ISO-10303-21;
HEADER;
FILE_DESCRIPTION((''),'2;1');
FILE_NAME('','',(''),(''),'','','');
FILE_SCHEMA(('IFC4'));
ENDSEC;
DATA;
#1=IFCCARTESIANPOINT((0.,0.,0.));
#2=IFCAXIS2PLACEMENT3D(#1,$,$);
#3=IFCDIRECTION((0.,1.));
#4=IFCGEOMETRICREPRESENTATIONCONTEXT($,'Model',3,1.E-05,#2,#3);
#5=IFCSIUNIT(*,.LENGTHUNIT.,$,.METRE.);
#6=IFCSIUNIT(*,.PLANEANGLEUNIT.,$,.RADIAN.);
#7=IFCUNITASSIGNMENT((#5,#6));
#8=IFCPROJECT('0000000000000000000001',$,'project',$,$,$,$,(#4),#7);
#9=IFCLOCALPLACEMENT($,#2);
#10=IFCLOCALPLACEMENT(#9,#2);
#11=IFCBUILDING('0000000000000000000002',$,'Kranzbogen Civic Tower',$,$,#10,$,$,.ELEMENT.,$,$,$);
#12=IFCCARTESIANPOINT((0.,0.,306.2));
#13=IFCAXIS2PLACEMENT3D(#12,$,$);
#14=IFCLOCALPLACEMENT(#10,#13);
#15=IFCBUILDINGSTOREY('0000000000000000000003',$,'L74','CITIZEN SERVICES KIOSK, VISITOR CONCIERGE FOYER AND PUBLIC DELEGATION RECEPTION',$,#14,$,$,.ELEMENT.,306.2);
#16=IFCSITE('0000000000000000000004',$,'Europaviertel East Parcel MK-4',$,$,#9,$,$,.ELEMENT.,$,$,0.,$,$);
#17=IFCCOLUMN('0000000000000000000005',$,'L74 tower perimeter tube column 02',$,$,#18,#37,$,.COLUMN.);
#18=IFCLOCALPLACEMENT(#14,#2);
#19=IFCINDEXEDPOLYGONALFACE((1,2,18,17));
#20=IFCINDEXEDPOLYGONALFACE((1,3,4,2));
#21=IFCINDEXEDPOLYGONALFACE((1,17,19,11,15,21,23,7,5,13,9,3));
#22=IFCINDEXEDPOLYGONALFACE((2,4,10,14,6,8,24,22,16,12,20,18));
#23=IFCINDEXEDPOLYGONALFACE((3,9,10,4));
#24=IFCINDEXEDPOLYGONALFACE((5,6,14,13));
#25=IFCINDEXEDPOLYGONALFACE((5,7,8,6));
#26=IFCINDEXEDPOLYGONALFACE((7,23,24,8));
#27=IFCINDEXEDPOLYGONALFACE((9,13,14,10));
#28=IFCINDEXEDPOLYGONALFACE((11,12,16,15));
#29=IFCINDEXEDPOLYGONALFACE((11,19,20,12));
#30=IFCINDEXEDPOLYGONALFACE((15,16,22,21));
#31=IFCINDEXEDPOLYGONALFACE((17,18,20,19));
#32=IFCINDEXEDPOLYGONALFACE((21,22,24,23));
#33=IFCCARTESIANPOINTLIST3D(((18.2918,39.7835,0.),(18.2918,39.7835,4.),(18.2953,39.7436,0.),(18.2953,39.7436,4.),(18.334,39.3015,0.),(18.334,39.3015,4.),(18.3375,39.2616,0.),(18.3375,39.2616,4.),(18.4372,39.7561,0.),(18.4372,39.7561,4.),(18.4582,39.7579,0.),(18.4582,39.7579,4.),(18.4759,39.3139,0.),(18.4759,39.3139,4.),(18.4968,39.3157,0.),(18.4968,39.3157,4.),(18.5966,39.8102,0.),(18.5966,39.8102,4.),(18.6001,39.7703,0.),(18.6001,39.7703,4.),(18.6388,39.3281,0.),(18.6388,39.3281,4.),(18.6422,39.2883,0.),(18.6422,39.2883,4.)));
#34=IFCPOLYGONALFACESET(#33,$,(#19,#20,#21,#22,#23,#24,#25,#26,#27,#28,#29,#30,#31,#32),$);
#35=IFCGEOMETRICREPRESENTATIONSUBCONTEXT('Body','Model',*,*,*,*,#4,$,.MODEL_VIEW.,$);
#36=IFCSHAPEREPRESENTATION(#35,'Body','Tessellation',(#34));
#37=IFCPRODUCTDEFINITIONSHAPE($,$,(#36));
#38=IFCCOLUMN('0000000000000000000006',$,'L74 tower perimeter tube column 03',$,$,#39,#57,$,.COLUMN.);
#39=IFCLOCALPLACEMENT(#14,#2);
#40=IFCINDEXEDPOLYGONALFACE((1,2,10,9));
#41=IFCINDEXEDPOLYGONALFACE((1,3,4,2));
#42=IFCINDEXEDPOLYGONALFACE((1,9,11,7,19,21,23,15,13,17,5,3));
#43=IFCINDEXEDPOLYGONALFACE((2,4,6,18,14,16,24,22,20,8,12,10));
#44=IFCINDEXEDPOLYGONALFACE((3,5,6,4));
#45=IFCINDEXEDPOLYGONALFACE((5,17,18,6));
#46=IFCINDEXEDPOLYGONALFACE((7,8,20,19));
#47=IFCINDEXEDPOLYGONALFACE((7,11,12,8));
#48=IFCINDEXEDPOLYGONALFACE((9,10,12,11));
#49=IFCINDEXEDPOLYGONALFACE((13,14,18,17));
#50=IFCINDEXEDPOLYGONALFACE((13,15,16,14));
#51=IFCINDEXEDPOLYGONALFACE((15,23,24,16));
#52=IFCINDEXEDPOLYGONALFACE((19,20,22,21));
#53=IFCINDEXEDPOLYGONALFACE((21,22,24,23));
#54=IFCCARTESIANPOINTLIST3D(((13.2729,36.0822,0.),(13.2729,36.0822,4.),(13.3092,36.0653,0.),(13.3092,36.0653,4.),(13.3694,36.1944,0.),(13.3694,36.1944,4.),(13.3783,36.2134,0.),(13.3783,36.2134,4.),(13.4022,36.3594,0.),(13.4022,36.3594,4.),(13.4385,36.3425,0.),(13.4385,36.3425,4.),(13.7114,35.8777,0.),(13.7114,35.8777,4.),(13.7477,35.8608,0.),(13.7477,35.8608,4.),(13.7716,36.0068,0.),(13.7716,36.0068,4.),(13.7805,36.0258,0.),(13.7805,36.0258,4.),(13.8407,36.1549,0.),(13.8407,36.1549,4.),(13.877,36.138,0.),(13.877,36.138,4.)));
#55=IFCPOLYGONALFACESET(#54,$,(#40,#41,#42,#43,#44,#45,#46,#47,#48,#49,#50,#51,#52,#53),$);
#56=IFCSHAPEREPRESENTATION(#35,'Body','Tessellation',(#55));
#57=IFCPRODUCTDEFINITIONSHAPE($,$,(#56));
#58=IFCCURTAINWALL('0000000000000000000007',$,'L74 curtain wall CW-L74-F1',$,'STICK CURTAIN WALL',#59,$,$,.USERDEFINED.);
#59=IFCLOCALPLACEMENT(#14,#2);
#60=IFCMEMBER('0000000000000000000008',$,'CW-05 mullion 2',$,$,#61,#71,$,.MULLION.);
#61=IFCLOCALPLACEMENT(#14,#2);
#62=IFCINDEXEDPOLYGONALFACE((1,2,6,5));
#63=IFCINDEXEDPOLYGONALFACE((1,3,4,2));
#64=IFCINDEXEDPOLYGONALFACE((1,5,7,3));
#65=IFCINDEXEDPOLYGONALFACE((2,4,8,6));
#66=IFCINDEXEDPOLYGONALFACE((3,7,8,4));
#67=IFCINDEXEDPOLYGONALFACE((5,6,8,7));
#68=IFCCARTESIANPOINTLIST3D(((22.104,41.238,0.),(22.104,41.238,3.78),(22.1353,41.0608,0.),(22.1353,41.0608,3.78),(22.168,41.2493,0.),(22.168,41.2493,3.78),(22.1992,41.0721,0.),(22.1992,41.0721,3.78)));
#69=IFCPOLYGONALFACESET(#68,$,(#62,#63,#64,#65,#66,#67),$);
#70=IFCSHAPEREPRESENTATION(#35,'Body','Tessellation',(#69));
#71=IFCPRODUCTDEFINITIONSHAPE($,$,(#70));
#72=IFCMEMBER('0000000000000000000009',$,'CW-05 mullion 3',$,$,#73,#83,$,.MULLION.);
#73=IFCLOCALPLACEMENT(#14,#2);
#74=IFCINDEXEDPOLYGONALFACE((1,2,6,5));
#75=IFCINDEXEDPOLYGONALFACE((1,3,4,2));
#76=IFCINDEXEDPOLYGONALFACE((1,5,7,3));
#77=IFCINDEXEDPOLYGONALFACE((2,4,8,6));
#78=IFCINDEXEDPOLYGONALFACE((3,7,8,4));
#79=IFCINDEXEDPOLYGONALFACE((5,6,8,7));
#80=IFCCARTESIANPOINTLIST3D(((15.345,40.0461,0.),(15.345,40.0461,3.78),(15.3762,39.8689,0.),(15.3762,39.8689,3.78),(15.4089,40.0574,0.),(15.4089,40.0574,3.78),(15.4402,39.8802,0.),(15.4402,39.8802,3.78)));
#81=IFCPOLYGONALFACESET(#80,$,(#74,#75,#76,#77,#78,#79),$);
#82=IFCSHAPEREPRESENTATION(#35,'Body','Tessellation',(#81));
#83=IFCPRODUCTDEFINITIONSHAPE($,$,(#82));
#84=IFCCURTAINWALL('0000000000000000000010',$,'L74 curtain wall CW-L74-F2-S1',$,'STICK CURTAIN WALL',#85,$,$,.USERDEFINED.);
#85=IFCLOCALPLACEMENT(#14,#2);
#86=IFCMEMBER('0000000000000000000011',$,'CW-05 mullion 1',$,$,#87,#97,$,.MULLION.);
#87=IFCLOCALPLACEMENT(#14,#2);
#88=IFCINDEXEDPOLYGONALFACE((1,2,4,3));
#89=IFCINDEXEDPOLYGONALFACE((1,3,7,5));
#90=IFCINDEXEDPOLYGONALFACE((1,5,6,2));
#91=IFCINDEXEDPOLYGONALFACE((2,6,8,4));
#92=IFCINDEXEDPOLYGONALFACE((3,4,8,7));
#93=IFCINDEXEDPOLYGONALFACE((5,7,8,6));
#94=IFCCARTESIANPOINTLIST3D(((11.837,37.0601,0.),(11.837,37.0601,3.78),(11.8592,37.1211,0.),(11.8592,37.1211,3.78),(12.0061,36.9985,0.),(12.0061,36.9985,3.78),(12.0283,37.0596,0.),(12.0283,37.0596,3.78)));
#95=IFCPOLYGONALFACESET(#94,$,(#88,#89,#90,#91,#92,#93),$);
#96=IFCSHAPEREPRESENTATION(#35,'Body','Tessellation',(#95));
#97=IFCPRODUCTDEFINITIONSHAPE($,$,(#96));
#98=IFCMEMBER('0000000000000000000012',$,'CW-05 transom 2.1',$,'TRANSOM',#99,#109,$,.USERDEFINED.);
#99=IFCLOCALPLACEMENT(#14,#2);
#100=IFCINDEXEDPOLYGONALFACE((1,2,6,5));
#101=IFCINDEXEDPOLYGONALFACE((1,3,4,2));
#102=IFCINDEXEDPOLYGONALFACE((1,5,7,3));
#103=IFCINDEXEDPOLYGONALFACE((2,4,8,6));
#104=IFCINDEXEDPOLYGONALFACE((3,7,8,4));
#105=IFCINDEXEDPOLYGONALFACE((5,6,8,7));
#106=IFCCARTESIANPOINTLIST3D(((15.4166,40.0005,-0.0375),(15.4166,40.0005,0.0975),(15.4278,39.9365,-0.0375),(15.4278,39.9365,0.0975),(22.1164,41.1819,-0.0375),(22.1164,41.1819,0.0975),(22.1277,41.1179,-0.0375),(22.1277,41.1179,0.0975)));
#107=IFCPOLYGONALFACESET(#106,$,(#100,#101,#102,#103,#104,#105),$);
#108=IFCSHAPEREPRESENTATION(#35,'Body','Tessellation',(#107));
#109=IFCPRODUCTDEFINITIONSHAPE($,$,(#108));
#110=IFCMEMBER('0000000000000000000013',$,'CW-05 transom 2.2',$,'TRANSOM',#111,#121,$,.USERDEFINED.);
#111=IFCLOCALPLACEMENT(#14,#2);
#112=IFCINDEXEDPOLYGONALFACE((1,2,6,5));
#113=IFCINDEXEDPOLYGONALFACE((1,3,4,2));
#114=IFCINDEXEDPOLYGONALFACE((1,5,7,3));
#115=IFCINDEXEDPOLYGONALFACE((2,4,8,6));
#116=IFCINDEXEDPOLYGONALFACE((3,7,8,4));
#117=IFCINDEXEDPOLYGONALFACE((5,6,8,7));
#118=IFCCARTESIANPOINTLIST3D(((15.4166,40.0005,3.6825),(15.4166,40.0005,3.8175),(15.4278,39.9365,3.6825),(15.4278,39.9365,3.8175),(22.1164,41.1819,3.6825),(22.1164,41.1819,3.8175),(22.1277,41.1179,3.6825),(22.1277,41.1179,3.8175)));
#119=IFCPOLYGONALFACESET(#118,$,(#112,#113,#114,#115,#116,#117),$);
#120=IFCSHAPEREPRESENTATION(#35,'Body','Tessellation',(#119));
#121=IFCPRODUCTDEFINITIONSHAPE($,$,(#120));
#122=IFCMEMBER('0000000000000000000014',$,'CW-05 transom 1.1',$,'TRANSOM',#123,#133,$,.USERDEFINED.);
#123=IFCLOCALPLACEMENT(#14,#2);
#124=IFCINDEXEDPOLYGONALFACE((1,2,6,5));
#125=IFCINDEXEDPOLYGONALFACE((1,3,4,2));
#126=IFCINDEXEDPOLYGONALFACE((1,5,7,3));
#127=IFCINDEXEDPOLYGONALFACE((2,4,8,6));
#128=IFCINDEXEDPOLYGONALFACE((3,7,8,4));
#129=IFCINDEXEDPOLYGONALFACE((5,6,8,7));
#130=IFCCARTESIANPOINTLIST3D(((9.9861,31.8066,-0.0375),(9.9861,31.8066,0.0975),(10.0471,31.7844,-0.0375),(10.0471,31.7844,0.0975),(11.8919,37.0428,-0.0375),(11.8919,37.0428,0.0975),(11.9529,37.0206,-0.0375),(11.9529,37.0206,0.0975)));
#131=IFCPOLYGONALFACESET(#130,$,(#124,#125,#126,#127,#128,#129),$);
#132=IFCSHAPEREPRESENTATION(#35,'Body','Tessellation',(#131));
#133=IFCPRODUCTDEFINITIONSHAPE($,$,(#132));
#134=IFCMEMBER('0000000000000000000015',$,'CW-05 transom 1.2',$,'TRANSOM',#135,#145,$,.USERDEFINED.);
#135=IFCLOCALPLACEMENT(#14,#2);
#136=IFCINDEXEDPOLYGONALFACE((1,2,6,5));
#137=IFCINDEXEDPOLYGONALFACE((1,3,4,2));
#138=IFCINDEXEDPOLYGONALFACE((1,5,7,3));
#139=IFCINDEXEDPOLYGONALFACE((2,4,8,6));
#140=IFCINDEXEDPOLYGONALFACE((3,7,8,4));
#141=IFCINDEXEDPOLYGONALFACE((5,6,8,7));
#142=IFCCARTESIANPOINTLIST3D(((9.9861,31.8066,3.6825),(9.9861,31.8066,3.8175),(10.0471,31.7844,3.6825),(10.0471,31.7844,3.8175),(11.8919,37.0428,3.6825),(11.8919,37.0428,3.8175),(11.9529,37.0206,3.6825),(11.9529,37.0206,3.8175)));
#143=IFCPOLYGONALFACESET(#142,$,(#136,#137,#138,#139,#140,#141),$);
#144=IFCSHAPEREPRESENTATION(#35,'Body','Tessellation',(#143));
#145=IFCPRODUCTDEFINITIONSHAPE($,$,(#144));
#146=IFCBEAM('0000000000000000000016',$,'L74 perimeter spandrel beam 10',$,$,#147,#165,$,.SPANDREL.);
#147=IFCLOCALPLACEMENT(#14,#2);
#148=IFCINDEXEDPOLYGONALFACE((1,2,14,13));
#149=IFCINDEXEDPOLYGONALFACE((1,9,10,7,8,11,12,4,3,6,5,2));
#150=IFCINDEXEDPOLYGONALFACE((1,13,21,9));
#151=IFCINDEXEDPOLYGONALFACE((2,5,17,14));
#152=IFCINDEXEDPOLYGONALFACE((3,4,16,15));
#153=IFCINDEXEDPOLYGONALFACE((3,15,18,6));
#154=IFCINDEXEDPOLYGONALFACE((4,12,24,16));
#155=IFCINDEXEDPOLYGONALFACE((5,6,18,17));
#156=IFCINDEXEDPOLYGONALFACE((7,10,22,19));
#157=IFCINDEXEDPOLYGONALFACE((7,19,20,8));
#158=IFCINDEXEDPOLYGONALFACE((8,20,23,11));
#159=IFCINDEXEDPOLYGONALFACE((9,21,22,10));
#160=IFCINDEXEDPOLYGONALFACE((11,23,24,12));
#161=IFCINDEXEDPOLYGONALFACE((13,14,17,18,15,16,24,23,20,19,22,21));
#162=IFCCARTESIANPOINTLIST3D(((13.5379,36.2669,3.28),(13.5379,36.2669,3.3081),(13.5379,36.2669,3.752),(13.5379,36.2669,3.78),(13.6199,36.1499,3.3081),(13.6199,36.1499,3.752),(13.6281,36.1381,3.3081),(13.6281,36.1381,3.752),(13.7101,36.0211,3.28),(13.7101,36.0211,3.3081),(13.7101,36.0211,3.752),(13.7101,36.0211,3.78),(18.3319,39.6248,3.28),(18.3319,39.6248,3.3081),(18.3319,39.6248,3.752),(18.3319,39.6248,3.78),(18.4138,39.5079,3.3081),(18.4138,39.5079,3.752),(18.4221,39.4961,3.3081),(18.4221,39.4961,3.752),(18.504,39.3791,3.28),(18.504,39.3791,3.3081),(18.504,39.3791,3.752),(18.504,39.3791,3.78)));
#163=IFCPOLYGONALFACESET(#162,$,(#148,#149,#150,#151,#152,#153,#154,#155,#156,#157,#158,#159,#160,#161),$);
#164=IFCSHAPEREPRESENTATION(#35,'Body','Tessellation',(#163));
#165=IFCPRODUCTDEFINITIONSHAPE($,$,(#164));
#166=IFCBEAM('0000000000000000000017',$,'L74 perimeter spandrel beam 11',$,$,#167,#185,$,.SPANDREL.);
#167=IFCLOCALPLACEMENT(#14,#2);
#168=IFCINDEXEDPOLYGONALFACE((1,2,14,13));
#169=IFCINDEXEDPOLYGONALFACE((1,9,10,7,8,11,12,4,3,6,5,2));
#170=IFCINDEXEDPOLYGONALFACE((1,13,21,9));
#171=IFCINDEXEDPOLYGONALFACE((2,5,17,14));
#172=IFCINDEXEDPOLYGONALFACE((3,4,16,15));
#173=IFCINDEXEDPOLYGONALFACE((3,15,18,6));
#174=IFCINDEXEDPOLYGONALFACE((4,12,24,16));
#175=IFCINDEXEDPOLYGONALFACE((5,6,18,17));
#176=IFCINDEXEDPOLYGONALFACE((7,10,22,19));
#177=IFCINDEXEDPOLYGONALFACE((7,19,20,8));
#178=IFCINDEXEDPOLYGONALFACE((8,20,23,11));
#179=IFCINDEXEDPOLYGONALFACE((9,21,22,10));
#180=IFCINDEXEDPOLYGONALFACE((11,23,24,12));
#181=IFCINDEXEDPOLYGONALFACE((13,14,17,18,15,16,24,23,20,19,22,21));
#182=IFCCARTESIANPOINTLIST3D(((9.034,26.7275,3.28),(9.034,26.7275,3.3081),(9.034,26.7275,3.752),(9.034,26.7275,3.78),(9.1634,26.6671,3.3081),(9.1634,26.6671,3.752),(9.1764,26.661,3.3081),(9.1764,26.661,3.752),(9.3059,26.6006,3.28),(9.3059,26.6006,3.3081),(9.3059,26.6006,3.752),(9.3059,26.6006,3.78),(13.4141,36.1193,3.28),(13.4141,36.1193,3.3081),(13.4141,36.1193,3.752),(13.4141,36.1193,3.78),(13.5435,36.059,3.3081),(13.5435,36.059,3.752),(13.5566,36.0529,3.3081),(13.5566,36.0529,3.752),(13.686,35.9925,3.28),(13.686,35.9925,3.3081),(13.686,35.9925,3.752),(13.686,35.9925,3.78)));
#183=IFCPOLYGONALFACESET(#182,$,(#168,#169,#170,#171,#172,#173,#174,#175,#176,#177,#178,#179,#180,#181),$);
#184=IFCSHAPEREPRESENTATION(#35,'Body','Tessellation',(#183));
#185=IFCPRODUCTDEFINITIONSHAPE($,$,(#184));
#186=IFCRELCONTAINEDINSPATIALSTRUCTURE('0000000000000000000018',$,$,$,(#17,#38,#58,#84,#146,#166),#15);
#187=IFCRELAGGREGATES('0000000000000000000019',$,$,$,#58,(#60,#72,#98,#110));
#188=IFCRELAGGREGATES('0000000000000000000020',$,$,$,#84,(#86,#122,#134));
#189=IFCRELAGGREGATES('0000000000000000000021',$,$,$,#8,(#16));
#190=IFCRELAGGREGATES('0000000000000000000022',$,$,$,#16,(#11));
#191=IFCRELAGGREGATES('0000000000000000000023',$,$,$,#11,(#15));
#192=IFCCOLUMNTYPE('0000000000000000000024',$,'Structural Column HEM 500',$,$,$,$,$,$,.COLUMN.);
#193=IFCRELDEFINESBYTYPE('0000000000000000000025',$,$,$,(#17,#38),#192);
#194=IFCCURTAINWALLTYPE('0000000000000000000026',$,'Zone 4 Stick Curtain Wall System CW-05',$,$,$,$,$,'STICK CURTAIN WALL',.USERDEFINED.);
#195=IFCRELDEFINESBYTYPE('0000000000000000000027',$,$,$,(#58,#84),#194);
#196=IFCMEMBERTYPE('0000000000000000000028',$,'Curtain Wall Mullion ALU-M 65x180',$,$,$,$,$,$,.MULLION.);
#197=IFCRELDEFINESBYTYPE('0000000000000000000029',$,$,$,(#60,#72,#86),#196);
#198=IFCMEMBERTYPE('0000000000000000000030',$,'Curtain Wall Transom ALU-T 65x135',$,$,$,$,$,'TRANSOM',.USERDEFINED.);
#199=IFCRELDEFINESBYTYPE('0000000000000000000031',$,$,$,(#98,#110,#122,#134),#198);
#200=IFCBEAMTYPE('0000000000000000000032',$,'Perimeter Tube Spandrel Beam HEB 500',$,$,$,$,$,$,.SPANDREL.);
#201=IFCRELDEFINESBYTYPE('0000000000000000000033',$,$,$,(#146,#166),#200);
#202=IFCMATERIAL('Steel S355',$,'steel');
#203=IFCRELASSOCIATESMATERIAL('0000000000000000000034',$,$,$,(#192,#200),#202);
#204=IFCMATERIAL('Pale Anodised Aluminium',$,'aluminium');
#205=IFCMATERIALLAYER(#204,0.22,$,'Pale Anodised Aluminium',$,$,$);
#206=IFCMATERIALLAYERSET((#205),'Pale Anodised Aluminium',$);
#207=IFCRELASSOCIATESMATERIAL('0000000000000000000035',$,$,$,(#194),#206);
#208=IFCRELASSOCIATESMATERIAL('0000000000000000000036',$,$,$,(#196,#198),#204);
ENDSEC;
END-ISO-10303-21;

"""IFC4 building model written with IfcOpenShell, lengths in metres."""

from ifc_helpers import new_model, si_unit, direction, frame, origin, origin_2d, place, context, subcontext, project, spatial, rectangle, i_section, extrude, material, layer, layer_set, material_profile, profile_set, type_object, element, aggregate, save


model = new_model("IFC4")

# Units and contexts
model_context = context("Model", 3, precision=1e-05, world=origin(), true_north=direction((0.0, 1.0)))
body_context = subcontext(model_context, "Body", "Model", "MODEL_VIEW")
ifc_project = project(units=[si_unit("LENGTHUNIT", "METRE"), si_unit("PLANEANGLEUNIT", "RADIAN")], contexts=[model_context])

# Site, building, storey
site_placement = place(None, origin())
site = spatial("IfcSite", under=ifc_project, at=site_placement, Name="Europaviertel East Parcel MK-4", CompositionType="ELEMENT", RefElevation=0.0)
building_placement = place(site_placement, origin())
building = spatial("IfcBuilding", under=site, at=building_placement, Name="Kranzbogen Civic Tower", CompositionType="ELEMENT")
storey_placement = place(building_placement, frame((0.0, 0.0, 306.2)))
storey = spatial("IfcBuildingStorey", under=building, at=storey_placement, Name="L74", Description="CITIZEN SERVICES KIOSK, VISITOR CONCIERGE FOYER AND PUBLIC DELEGATION RECEPTION", CompositionType="ELEMENT", Elevation=306.2)

# Columns
ifc_material_1 = material(Name="Steel S355", Category="steel")
ifc_material_profile_1 = material_profile(ifc_material_1, i_section(OverallWidth=0.3059, OverallDepth=0.5239, WebThickness=0.021, FlangeThickness=0.04, at=origin_2d()), Name="HEM 500")
ifc_profile_set_1 = profile_set([ifc_material_profile_1], Name="Steel S355")
column_type = type_object("IfcColumnType", Name="Structural Column HEM 500", PredefinedType="COLUMN", material=ifc_profile_set_1)
for number, where, z_axis, x_axis, name in (
    (1, (18.467, 39.5359, 0.0), (0.0, 0.0, 1.0), (0.996195, 0.087156, 0.0), "L74 tower perimeter tube column 02"),
    (2, (13.575, 36.1101, 0.0), (0.0, 0.0, 1.0), (0.422618, 0.906308, 0.0), "L74 tower perimeter tube column 03"),
):
    element("IfcColumn", number, at=place(storey_placement, frame(where, z_axis=z_axis, x_axis=x_axis)), inside=storey, type_object=column_type, Name=name, PredefinedType="COLUMN", context=body_context, shape_type="SweptSolid", body=[
        extrude(i_section(OverallWidth=0.3059, OverallDepth=0.5239, WebThickness=0.021, FlangeThickness=0.04, at=origin_2d()), origin(), (0.0, 0.0, 1.0), 4.0),
    ])

# Curtain wall, members
ifc_material_2 = material(Name="Pale Anodised Aluminium", Category="aluminium")
ifc_layer_1 = layer(ifc_material_2, 0.22, Name="Pale Anodised Aluminium")
ifc_layer_set_1 = layer_set([ifc_layer_1], Name="Pale Anodised Aluminium")
curtain_wall_type = type_object("IfcCurtainWallType", Name="Zone 4 Stick Curtain Wall System CW-05", ElementType="STICK CURTAIN WALL", PredefinedType="USERDEFINED", material=ifc_layer_set_1)
curtain_wall_1_placement = place(storey_placement, origin())
curtain_wall_1 = element("IfcCurtainWall", 3, at=curtain_wall_1_placement, inside=storey, type_object=curtain_wall_type, Name="L74 curtain wall CW-L74-F1", ObjectType="STICK CURTAIN WALL", PredefinedType="USERDEFINED")
ifc_material_profile_2 = material_profile(ifc_material_2, rectangle(XDim=0.0649, YDim=0.1799, at=origin_2d()), Name="ALU-M 65x180")
ifc_profile_set_2 = profile_set([ifc_material_profile_2], Name="Pale Anodised Aluminium")
member_type_1 = type_object("IfcMemberType", Name="Curtain Wall Mullion ALU-M 65x180", PredefinedType="MULLION", material=ifc_profile_set_2)
member_1_placement = place(storey_placement, frame((22.1516, 41.155, 0.0), z_axis=(0.0, 0.0, 1.0), x_axis=(-0.984808, -0.173649, 0.0)))
member_1 = element("IfcMember", 4, at=member_1_placement, type_object=member_type_1, Name="CW-05 mullion 2", PredefinedType="MULLION", context=body_context, shape_type="SweptSolid", body=[
    extrude(rectangle(XDim=0.0649, YDim=0.1799, at=origin_2d()), origin(), (0.0, 0.0, 1.0), 3.78),
])
member_2_placement = place(storey_placement, frame((15.3926, 39.9631, 0.0), z_axis=(0.0, 0.0, 1.0), x_axis=(-0.984808, -0.173649, 0.0)))
member_2 = element("IfcMember", 5, at=member_2_placement, type_object=member_type_1, Name="CW-05 mullion 3", PredefinedType="MULLION", context=body_context, shape_type="SweptSolid", body=[
    extrude(rectangle(XDim=0.0649, YDim=0.1799, at=origin_2d()), origin(), (0.0, 0.0, 1.0), 3.78),
])

# Curtain wall, member
curtain_wall_2_placement = place(storey_placement, origin())
curtain_wall_2 = element("IfcCurtainWall", 6, at=curtain_wall_2_placement, inside=storey, type_object=curtain_wall_type, Name="L74 curtain wall CW-L74-F2-S1", ObjectType="STICK CURTAIN WALL", PredefinedType="USERDEFINED")
member_3_placement = place(storey_placement, frame((11.9326, 37.0598, 0.0), z_axis=(0.0, 0.0, 1.0), x_axis=(-0.342039, -0.939686, 0.0)))
member_3 = element("IfcMember", 7, at=member_3_placement, type_object=member_type_1, Name="CW-05 mullion 1", PredefinedType="MULLION", context=body_context, shape_type="SweptSolid", body=[
    extrude(rectangle(XDim=0.0649, YDim=0.1799, at=origin_2d()), origin(), (0.0, 0.0, 1.0), 3.78),
])

# Members
ifc_material_profile_3 = material_profile(ifc_material_2, rectangle(XDim=0.0649, YDim=0.135, at=origin_2d()), Name="ALU-T 65x135")
ifc_profile_set_3 = profile_set([ifc_material_profile_3], Name="Pale Anodised Aluminium")
member_type_2 = type_object("IfcMemberType", Name="Curtain Wall Transom ALU-T 65x135", ElementType="TRANSOM", PredefinedType="USERDEFINED", material=ifc_profile_set_3)
member_4_placement = place(storey_placement, frame((22.1221, 41.1499, 0.03), z_axis=(-0.984807, -0.17365, 0.0), x_axis=(0.17365, -0.984807, 0.0)))
member_4 = element("IfcMember", 8, at=member_4_placement, type_object=member_type_2, Name="CW-05 transom 2.1", ObjectType="TRANSOM", PredefinedType="USERDEFINED", context=body_context, shape_type="SweptSolid", body=[
    extrude(rectangle(XDim=0.0649, YDim=0.135, at=origin_2d()), origin(), (0.0, 0.0, 1.0), 6.8032),
])
member_5_placement = place(storey_placement, frame((22.1221, 41.1499, 3.75), z_axis=(-0.984807, -0.17365, 0.0), x_axis=(0.17365, -0.984807, 0.0)))
member_5 = element("IfcMember", 9, at=member_5_placement, type_object=member_type_2, Name="CW-05 transom 2.2", ObjectType="TRANSOM", PredefinedType="USERDEFINED", context=body_context, shape_type="SweptSolid", body=[
    extrude(rectangle(XDim=0.0649, YDim=0.135, at=origin_2d()), origin(), (0.0, 0.0, 1.0), 6.8032),
])
member_6_placement = place(storey_placement, frame((11.9224, 37.0317, 0.03), z_axis=(-0.342003, -0.939699, 0.0), x_axis=(0.939699, -0.342003, 0.0)))
member_6 = element("IfcMember", 10, at=member_6_placement, type_object=member_type_2, Name="CW-05 transom 1.1", ObjectType="TRANSOM", PredefinedType="USERDEFINED", context=body_context, shape_type="SweptSolid", body=[
    extrude(rectangle(XDim=0.0649, YDim=0.135, at=origin_2d()), origin(), (0.0, 0.0, 1.0), 5.5723),
])
member_7_placement = place(storey_placement, frame((11.9224, 37.0317, 3.75), z_axis=(-0.342003, -0.939699, 0.0), x_axis=(0.939699, -0.342003, 0.0)))
member_7 = element("IfcMember", 11, at=member_7_placement, type_object=member_type_2, Name="CW-05 transom 1.2", ObjectType="TRANSOM", PredefinedType="USERDEFINED", context=body_context, shape_type="SweptSolid", body=[
    extrude(rectangle(XDim=0.0649, YDim=0.135, at=origin_2d()), origin(), (0.0, 0.0, 1.0), 5.5723),
])

# Beams
ifc_material_profile_4 = material_profile(ifc_material_1, i_section(OverallWidth=0.3, OverallDepth=0.5, WebThickness=0.0144, FlangeThickness=0.0281, at=origin_2d()), Name="HEB 500")
ifc_profile_set_4 = profile_set([ifc_material_profile_4], Name="Steel S355")
beam_type_1 = type_object("IfcBeamType", Name="Perimeter Tube Spandrel Beam HEB 500", PredefinedType="SPANDREL", material=ifc_profile_set_4)
beam_1_placement = place(storey_placement, frame((18.418, 39.502, 3.53), z_axis=(-0.819059, -0.573709, 0.0), x_axis=(0.573709, -0.819059, 0.0)))
element("IfcBeam", 12, at=beam_1_placement, inside=storey, type_object=beam_type_1, Name="L74 perimeter spandrel beam 10", PredefinedType="SPANDREL", context=body_context, shape_type="SweptSolid", body=[
    extrude(i_section(OverallWidth=0.3, OverallDepth=0.5, WebThickness=0.0144, FlangeThickness=0.0281, at=origin_2d()), origin(), (0.0, 0.0, 1.0), 5.853),
])
beam_2_placement = place(storey_placement, frame((13.55, 36.0559, 3.53), z_axis=(-0.422669, -0.906284, 0.0), x_axis=(0.906284, -0.422669, 0.0)))
element("IfcBeam", 13, at=beam_2_placement, inside=storey, type_object=beam_type_1, Name="L74 perimeter spandrel beam 11", PredefinedType="SPANDREL", context=body_context, shape_type="SweptSolid", body=[
    extrude(i_section(OverallWidth=0.3, OverallDepth=0.5, WebThickness=0.0144, FlangeThickness=0.0281, at=origin_2d()), origin(), (0.0, 0.0, 1.0), 10.363),
])

aggregate(curtain_wall_1, [member_1, member_2, member_4, member_5])
aggregate(curtain_wall_2, [member_3, member_6, member_7])

save(model, "model.ifc")
